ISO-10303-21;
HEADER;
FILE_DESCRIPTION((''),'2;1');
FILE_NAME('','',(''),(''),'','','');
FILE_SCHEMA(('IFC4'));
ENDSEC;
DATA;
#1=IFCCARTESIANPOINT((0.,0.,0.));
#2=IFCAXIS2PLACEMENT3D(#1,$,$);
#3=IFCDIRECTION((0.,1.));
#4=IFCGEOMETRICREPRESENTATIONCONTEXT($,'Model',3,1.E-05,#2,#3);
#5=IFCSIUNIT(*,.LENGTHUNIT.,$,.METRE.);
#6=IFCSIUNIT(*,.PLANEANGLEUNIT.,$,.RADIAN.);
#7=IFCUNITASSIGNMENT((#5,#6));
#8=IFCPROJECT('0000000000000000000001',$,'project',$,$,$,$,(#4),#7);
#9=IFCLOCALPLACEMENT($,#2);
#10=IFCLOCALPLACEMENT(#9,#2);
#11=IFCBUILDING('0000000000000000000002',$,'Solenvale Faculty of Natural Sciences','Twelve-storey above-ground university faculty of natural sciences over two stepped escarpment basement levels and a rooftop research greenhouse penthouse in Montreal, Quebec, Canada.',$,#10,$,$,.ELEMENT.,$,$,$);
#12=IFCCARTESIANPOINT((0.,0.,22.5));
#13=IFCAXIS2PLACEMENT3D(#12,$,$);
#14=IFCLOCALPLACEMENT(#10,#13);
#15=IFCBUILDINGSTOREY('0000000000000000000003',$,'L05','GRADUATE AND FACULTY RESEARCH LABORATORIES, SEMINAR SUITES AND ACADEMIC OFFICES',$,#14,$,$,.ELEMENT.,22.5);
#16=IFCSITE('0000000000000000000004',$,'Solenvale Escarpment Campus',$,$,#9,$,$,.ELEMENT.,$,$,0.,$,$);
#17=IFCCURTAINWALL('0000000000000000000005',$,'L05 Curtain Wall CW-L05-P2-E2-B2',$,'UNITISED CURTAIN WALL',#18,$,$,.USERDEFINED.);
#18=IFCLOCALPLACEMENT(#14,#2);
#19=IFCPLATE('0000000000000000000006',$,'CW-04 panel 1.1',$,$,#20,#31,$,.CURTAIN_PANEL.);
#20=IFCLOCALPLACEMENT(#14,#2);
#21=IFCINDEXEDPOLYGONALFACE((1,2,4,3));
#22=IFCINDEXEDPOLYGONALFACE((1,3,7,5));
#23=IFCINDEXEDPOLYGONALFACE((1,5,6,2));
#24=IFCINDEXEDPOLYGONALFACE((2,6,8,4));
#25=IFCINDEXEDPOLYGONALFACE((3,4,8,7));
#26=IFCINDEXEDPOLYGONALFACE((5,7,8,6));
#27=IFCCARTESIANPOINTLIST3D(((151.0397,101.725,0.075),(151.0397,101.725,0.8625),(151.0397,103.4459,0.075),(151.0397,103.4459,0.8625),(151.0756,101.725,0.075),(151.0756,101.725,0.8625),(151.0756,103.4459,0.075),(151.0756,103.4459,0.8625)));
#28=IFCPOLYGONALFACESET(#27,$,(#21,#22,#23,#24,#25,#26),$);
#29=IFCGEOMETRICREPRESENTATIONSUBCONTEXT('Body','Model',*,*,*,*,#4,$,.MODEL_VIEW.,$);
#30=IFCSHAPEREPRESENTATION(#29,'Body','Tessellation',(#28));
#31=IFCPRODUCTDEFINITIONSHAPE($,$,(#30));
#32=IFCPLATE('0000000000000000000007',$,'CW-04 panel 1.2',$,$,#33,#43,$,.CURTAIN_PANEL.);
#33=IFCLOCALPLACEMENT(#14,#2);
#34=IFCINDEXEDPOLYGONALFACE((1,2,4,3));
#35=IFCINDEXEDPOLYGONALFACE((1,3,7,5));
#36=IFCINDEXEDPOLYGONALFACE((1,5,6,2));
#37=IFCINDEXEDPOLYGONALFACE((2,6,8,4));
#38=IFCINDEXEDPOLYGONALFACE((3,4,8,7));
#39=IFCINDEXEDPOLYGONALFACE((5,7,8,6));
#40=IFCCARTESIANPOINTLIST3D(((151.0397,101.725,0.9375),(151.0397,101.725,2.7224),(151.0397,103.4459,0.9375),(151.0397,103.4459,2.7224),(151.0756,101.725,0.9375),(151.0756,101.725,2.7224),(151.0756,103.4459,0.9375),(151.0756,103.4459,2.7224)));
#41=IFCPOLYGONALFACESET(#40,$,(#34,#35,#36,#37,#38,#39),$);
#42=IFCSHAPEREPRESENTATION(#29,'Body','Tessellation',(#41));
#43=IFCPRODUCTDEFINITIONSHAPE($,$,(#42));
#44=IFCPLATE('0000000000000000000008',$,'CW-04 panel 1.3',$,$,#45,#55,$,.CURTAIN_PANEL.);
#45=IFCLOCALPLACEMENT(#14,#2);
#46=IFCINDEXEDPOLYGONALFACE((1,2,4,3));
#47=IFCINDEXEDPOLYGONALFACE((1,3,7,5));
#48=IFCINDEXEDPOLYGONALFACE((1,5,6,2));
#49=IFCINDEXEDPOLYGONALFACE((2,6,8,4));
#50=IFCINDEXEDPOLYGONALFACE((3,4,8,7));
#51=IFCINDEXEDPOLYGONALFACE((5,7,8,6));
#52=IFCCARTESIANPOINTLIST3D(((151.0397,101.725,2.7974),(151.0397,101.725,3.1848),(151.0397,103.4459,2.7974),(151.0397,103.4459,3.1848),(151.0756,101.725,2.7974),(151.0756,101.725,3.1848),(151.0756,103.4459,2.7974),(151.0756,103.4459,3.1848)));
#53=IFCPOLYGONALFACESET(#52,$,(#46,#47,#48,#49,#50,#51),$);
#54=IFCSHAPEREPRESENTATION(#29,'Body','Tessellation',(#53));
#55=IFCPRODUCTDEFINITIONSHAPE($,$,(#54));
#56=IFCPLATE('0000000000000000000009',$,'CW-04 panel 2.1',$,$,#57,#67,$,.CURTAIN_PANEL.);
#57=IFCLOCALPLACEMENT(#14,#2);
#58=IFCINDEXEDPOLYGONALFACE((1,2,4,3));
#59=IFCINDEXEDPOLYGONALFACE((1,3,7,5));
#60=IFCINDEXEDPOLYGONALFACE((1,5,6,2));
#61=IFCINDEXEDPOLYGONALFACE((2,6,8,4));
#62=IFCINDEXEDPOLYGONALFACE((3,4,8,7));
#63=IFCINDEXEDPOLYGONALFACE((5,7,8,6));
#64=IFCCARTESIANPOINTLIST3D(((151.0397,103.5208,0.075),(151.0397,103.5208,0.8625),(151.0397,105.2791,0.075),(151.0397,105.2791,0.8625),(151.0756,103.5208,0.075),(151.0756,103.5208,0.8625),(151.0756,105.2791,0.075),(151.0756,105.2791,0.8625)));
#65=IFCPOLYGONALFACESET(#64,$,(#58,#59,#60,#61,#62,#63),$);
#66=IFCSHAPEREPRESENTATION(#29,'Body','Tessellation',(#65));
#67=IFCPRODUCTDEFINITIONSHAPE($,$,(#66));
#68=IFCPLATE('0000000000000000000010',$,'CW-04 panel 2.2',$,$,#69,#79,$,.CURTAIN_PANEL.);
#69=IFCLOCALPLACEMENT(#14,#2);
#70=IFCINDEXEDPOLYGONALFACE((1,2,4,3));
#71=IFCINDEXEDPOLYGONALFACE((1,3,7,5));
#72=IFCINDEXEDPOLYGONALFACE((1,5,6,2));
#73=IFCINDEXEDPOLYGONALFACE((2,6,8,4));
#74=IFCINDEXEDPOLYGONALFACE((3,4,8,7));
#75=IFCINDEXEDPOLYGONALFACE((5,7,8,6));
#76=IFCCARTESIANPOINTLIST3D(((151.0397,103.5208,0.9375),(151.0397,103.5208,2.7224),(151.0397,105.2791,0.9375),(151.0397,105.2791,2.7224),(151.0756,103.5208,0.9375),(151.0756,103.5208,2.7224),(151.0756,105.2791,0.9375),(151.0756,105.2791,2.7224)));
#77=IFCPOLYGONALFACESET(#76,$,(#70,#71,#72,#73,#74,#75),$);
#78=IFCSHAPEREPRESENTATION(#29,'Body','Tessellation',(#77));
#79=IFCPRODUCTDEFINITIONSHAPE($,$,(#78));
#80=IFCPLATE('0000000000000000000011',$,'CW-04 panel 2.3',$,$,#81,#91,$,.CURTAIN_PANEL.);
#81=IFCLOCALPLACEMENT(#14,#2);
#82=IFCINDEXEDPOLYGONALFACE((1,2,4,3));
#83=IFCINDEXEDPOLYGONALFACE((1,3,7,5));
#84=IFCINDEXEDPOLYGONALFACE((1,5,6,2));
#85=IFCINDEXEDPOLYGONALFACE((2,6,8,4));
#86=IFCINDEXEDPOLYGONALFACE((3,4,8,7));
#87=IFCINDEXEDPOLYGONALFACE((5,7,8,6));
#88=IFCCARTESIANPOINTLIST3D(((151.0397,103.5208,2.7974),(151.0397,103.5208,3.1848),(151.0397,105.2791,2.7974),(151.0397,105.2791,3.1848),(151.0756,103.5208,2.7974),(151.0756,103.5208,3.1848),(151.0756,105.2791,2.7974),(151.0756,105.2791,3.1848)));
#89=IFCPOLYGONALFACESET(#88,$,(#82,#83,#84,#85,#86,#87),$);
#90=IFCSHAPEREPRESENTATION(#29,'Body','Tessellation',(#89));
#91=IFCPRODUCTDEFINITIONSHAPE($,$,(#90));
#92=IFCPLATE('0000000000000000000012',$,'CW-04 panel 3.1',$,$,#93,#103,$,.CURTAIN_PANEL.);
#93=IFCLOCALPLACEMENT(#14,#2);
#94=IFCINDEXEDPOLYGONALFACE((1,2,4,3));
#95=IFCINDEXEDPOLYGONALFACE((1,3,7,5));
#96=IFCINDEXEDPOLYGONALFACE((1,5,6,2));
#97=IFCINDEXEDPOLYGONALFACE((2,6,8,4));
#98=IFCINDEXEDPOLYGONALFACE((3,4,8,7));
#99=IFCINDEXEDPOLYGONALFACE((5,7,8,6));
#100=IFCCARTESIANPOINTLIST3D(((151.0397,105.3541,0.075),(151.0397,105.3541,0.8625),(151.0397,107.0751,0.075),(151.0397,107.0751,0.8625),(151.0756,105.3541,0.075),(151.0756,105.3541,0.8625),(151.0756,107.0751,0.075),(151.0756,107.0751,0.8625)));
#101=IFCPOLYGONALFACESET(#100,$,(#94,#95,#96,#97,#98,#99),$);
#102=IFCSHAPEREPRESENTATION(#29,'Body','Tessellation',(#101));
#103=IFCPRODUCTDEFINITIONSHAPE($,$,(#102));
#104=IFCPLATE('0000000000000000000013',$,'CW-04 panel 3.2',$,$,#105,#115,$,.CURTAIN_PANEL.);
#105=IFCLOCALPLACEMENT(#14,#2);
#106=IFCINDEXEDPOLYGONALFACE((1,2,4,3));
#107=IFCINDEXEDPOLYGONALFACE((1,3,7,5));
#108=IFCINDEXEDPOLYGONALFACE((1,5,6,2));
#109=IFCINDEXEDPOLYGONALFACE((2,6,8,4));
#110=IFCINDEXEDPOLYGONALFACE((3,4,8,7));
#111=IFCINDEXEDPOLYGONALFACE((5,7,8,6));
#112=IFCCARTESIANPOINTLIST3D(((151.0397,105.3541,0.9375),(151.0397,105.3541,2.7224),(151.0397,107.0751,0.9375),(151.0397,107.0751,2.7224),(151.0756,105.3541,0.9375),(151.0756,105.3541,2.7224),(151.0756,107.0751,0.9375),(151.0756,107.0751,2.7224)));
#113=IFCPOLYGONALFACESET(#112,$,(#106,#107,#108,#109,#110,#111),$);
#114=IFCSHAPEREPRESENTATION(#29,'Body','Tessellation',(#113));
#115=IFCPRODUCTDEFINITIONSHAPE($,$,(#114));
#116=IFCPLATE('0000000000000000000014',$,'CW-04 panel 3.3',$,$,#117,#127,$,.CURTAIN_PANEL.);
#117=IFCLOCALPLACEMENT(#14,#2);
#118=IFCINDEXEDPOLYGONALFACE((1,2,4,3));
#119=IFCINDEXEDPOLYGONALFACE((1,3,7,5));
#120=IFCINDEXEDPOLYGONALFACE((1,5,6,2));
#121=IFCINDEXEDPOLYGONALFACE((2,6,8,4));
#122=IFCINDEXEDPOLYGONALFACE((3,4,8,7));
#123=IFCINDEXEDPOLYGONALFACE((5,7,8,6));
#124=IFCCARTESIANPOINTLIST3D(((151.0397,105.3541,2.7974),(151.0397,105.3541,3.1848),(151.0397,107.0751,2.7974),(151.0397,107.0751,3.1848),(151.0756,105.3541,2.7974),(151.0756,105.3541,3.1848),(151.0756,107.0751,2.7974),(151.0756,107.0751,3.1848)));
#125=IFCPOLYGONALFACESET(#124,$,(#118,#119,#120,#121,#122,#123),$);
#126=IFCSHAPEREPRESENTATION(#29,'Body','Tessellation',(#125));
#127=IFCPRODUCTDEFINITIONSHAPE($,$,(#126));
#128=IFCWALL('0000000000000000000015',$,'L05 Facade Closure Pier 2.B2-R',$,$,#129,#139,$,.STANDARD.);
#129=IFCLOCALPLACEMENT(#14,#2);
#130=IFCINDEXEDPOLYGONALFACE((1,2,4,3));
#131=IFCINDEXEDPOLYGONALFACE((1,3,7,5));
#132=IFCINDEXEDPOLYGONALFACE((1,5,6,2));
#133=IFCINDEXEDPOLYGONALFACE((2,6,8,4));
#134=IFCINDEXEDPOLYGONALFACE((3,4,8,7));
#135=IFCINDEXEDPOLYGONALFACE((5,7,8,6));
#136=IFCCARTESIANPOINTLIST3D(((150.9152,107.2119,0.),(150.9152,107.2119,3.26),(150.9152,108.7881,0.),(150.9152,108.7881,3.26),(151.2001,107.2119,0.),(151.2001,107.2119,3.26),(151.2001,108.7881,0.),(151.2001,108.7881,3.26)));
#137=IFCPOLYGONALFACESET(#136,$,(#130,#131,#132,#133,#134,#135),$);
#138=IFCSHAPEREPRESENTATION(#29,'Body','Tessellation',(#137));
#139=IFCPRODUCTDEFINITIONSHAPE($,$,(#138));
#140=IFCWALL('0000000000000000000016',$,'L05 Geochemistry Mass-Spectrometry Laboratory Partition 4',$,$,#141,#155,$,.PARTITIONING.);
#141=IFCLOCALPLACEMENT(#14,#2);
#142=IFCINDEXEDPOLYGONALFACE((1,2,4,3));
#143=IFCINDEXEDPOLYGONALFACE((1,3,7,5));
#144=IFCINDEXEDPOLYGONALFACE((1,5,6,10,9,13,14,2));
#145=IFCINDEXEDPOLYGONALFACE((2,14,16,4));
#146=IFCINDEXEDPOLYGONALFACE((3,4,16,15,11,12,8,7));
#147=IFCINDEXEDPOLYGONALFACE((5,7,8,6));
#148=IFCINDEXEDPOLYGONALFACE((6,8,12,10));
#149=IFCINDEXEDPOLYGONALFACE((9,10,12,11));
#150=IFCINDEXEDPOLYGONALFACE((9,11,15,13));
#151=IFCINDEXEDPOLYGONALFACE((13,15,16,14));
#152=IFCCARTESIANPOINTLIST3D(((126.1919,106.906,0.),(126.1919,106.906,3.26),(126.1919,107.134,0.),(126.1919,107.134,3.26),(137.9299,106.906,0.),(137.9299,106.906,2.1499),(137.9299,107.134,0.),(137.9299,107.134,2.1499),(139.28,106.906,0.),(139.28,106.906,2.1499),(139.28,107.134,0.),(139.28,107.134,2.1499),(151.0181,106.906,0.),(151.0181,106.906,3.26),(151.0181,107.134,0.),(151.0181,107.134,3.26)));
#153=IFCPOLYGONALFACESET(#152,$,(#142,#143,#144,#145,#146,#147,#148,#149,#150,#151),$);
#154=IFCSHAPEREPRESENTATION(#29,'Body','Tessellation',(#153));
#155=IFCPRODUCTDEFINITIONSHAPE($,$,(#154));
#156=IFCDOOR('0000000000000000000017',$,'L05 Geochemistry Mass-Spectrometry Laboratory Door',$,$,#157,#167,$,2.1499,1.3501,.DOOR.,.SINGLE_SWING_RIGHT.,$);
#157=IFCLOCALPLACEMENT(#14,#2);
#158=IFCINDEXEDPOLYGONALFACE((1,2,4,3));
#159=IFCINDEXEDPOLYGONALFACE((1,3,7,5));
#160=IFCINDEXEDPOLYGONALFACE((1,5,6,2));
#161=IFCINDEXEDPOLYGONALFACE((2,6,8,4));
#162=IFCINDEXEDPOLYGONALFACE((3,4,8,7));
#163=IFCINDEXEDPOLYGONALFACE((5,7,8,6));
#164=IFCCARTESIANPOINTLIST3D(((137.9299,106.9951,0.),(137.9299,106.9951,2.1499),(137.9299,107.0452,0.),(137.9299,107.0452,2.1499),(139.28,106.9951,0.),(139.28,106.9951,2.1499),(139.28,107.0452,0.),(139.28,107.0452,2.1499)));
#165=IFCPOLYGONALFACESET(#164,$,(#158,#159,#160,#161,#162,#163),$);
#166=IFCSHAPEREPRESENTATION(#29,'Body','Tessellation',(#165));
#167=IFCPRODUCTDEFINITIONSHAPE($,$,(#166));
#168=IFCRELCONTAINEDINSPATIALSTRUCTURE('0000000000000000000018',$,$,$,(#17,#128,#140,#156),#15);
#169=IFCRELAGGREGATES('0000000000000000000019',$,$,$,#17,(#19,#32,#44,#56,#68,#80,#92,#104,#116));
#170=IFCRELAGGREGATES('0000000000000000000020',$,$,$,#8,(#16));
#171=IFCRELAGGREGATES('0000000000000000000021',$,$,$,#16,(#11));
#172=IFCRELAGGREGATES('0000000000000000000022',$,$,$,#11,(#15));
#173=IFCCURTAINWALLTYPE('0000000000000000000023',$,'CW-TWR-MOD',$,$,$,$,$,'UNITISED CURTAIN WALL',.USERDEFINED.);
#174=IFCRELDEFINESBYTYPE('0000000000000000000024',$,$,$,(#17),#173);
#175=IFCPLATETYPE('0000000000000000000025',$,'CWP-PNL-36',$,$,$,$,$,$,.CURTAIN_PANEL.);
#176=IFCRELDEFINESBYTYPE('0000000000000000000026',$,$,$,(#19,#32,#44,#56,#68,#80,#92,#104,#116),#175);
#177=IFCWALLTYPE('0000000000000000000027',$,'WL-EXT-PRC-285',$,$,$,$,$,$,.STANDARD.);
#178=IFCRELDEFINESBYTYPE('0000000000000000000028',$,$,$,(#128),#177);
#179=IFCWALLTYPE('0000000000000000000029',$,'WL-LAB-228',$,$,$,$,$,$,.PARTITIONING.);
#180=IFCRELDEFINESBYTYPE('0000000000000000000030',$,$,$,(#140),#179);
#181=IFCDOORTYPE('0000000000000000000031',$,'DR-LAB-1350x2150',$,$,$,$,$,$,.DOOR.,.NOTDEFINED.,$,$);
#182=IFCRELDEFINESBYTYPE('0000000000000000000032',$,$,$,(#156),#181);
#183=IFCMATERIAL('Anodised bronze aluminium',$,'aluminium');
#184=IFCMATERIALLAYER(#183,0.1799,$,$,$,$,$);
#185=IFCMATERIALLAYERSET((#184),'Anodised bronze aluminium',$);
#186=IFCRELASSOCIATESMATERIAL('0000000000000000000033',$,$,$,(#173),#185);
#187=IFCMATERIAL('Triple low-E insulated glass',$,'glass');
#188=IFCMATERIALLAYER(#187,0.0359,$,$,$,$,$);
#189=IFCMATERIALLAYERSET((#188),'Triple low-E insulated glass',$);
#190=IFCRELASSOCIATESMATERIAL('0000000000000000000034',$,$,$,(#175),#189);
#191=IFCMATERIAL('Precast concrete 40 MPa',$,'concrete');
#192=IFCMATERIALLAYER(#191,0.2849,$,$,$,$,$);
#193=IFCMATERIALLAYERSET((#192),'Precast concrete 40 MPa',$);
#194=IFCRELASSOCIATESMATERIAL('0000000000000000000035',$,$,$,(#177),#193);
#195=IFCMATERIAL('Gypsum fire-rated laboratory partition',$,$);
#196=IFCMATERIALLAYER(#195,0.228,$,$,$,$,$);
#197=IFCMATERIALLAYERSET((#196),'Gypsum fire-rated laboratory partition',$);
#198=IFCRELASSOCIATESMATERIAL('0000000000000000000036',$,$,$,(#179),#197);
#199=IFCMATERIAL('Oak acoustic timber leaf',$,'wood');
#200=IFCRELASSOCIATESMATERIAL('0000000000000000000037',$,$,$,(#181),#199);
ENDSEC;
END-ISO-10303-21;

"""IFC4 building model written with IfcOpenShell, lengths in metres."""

from ifc_helpers import new_model, si_unit, direction, frame, frame_2d, origin, origin_2d, place, context, subcontext, project, spatial, rectangle, extrude, material, layer, layer_set, type_object, element, fill, aggregate, save


model = new_model("IFC4")

# Units and contexts
model_context = context("Model", 3, precision=1e-05, world=origin(), true_north=direction((0.0, 1.0)))
body_context = subcontext(model_context, "Body", "Model", "MODEL_VIEW")
ifc_project = project(units=[si_unit("LENGTHUNIT", "METRE"), si_unit("PLANEANGLEUNIT", "RADIAN")], contexts=[model_context])

# Site, building, storey
site_placement = place(None, origin())
site = spatial("IfcSite", under=ifc_project, at=site_placement, Name="Solenvale Escarpment Campus", CompositionType="ELEMENT", RefElevation=0.0)
building_placement = place(site_placement, origin())
building = spatial("IfcBuilding", under=site, at=building_placement, Name="Solenvale Faculty of Natural Sciences", Description="Twelve-storey above-ground university faculty of natural sciences over two stepped escarpment basement levels and a rooftop research greenhouse penthouse in Montreal, Quebec, Canada.", CompositionType="ELEMENT")
storey_placement = place(building_placement, frame((0.0, 0.0, 22.5)))
storey = spatial("IfcBuildingStorey", under=building, at=storey_placement, Name="L05", Description="GRADUATE AND FACULTY RESEARCH LABORATORIES, SEMINAR SUITES AND ACADEMIC OFFICES", CompositionType="ELEMENT", Elevation=22.5)

# Curtain wall, plates
ifc_material_1 = material(Name="Anodised bronze aluminium", Category="aluminium")
ifc_layer_1 = layer(ifc_material_1, 0.1799)
ifc_layer_set_1 = layer_set([ifc_layer_1], Name="Anodised bronze aluminium")
curtain_wall_type = type_object("IfcCurtainWallType", Name="CW-TWR-MOD", ElementType="UNITISED CURTAIN WALL", PredefinedType="USERDEFINED", material=ifc_layer_set_1)
curtain_wall_placement = place(storey_placement, origin())
curtain_wall = element("IfcCurtainWall", 1, at=curtain_wall_placement, inside=storey, type_object=curtain_wall_type, Name="L05 Curtain Wall CW-L05-P2-E2-B2", ObjectType="UNITISED CURTAIN WALL", PredefinedType="USERDEFINED")
ifc_material_2 = material(Name="Triple low-E insulated glass", Category="glass")
ifc_layer_2 = layer(ifc_material_2, 0.0359)
ifc_layer_set_2 = layer_set([ifc_layer_2], Name="Triple low-E insulated glass")
plate_type = type_object("IfcPlateType", Name="CWP-PNL-36", PredefinedType="CURTAIN_PANEL", material=ifc_layer_set_2)
plate_1_placement = place(storey_placement, frame((151.0576, 102.5854, 0.075), z_axis=(0.0, 0.0, 1.0), x_axis=(0.0, 1.0, 0.0)))
plate_1 = element("IfcPlate", 2, at=plate_1_placement, type_object=plate_type, Name="CW-04 panel 1.1", PredefinedType="CURTAIN_PANEL", context=body_context, shape_type="SweptSolid", body=[
    extrude(rectangle(XDim=1.7209, YDim=0.0359, at=origin_2d()), origin(), (0.0, 0.0, 1.0), 0.7876),
])
plate_2_placement = place(storey_placement, frame((151.0576, 102.5854, 0.9375), z_axis=(0.0, 0.0, 1.0), x_axis=(0.0, 1.0, 0.0)))
plate_2 = element("IfcPlate", 3, at=plate_2_placement, type_object=plate_type, Name="CW-04 panel 1.2", PredefinedType="CURTAIN_PANEL", context=body_context, shape_type="SweptSolid", body=[
    extrude(rectangle(XDim=1.7209, YDim=0.0359, at=origin_2d()), origin(), (0.0, 0.0, 1.0), 1.7849),
])
plate_3_placement = place(storey_placement, frame((151.0576, 102.5854, 2.7974), z_axis=(0.0, 0.0, 1.0), x_axis=(0.0, 1.0, 0.0)))
plate_3 = element("IfcPlate", 4, at=plate_3_placement, type_object=plate_type, Name="CW-04 panel 1.3", PredefinedType="CURTAIN_PANEL", context=body_context, shape_type="SweptSolid", body=[
    extrude(rectangle(XDim=1.7209, YDim=0.0359, at=origin_2d()), origin(), (0.0, 0.0, 1.0), 0.3875),
])
plate_4_placement = place(storey_placement, frame((151.0576, 104.3999, 0.075), z_axis=(0.0, 0.0, 1.0), x_axis=(0.0, 1.0, 0.0)))
plate_4 = element("IfcPlate", 5, at=plate_4_placement, type_object=plate_type, Name="CW-04 panel 2.1", PredefinedType="CURTAIN_PANEL", context=body_context, shape_type="SweptSolid", body=[
    extrude(rectangle(XDim=1.7583, YDim=0.0359, at=origin_2d()), origin(), (0.0, 0.0, 1.0), 0.7876),
])
plate_5_placement = place(storey_placement, frame((151.0576, 104.3999, 0.9375), z_axis=(0.0, 0.0, 1.0), x_axis=(0.0, 1.0, 0.0)))
plate_5 = element("IfcPlate", 6, at=plate_5_placement, type_object=plate_type, Name="CW-04 panel 2.2", PredefinedType="CURTAIN_PANEL", context=body_context, shape_type="SweptSolid", body=[
    extrude(rectangle(XDim=1.7583, YDim=0.0359, at=origin_2d()), origin(), (0.0, 0.0, 1.0), 1.7849),
])
plate_6_placement = place(storey_placement, frame((151.0576, 104.3999, 2.7974), z_axis=(0.0, 0.0, 1.0), x_axis=(0.0, 1.0, 0.0)))
plate_6 = element("IfcPlate", 7, at=plate_6_placement, type_object=plate_type, Name="CW-04 panel 2.3", PredefinedType="CURTAIN_PANEL", context=body_context, shape_type="SweptSolid", body=[
    extrude(rectangle(XDim=1.7583, YDim=0.0359, at=origin_2d()), origin(), (0.0, 0.0, 1.0), 0.3875),
])
plate_7_placement = place(storey_placement, frame((151.0576, 106.2146, 0.075), z_axis=(0.0, 0.0, 1.0), x_axis=(0.0, 1.0, 0.0)))
plate_7 = element("IfcPlate", 8, at=plate_7_placement, type_object=plate_type, Name="CW-04 panel 3.1", PredefinedType="CURTAIN_PANEL", context=body_context, shape_type="SweptSolid", body=[
    extrude(rectangle(XDim=1.7209, YDim=0.0359, at=origin_2d()), origin(), (0.0, 0.0, 1.0), 0.7876),
])
plate_8_placement = place(storey_placement, frame((151.0576, 106.2146, 0.9375), z_axis=(0.0, 0.0, 1.0), x_axis=(0.0, 1.0, 0.0)))
plate_8 = element("IfcPlate", 9, at=plate_8_placement, type_object=plate_type, Name="CW-04 panel 3.2", PredefinedType="CURTAIN_PANEL", context=body_context, shape_type="SweptSolid", body=[
    extrude(rectangle(XDim=1.7209, YDim=0.0359, at=origin_2d()), origin(), (0.0, 0.0, 1.0), 1.7849),
])
plate_9_placement = place(storey_placement, frame((151.0576, 106.2146, 2.7974), z_axis=(0.0, 0.0, 1.0), x_axis=(0.0, 1.0, 0.0)))
plate_9 = element("IfcPlate", 10, at=plate_9_placement, type_object=plate_type, Name="CW-04 panel 3.3", PredefinedType="CURTAIN_PANEL", context=body_context, shape_type="SweptSolid", body=[
    extrude(rectangle(XDim=1.7209, YDim=0.0359, at=origin_2d()), origin(), (0.0, 0.0, 1.0), 0.3875),
])
aggregate(curtain_wall, [plate_1, plate_2, plate_3, plate_4, plate_5, plate_6, plate_7, plate_8, plate_9])

# Wall
ifc_material_3 = material(Name="Precast concrete 40 MPa", Category="concrete")
ifc_layer_3 = layer(ifc_material_3, 0.2849)
ifc_layer_set_3 = layer_set([ifc_layer_3], Name="Precast concrete 40 MPa")
wall_type_1 = type_object("IfcWallType", Name="WL-EXT-PRC-285", PredefinedType="STANDARD", material=ifc_layer_set_3)
wall_1_placement = place(storey_placement, frame((151.0576, 107.2119, 0.0), z_axis=(0.0, 0.0, 1.0), x_axis=(0.0, 1.0, 0.0)))
element("IfcWall", 11, at=wall_1_placement, inside=storey, type_object=wall_type_1, Name="L05 Facade Closure Pier 2.B2-R", PredefinedType="STANDARD", context=body_context, shape_type="SweptSolid", body=[
    extrude(rectangle(XDim=1.5762, YDim=0.2849, at=frame_2d((0.7881, 0.0))), origin(), (0.0, 0.0, 1.0), 3.26),
])

# Wall, opening, door
ifc_material_4 = material(Name="Gypsum fire-rated laboratory partition")
ifc_layer_4 = layer(ifc_material_4, 0.228)
ifc_layer_set_4 = layer_set([ifc_layer_4], Name="Gypsum fire-rated laboratory partition")
wall_type_2 = type_object("IfcWallType", Name="WL-LAB-228", PredefinedType="PARTITIONING", material=ifc_layer_set_4)
wall_2_placement = place(storey_placement, frame((151.0181, 107.02, 0.0), z_axis=(0.0, 0.0, 1.0), x_axis=(-1.0, 0.0, 0.0)))
wall_2 = element("IfcWall", 12, at=wall_2_placement, inside=storey, type_object=wall_type_2, Name="L05 Geochemistry Mass-Spectrometry Laboratory Partition 4", PredefinedType="PARTITIONING", context=body_context, shape_type="SweptSolid", body=[
    extrude(rectangle(XDim=24.8262, YDim=0.228, at=frame_2d((12.4131, 0.0))), origin(), (0.0, 0.0, 1.0), 3.26),
])
opening_1_placement = place(wall_2_placement, frame((11.738, 0.0, 0.0)))
opening_1 = element("IfcOpeningElement", 13, at=opening_1_placement, cuts=wall_2, PredefinedType="OPENING", context=body_context, shape_type="SweptSolid", body=[
    extrude(rectangle(XDim=1.3501, YDim=2.1499, at=frame_2d((0.675, 1.075))), frame((0.0, 0.124, 0.0), z_axis=(0.0, -1.0, 0.0), x_axis=(1.0, 0.0, 0.0)), (0.0, 0.0, 1.0), 0.248),
])
ifc_material_5 = material(Name="Oak acoustic timber leaf", Category="wood")
door_type_1 = type_object("IfcDoorType", Name="DR-LAB-1350x2150", OperationType="NOTDEFINED", PredefinedType="DOOR", material=ifc_material_5)
door_1_placement = place(opening_1_placement, origin())
door_1 = element("IfcDoor", 14, at=door_1_placement, inside=storey, type_object=door_type_1, Name="L05 Geochemistry Mass-Spectrometry Laboratory Door", OperationType="SINGLE_SWING_RIGHT", OverallHeight=2.1499, OverallWidth=1.3501, PredefinedType="DOOR", context=body_context, shape_type="SweptSolid", body=[
    extrude(rectangle(XDim=1.3501, YDim=2.1499, at=frame_2d((0.675, 1.075))), frame((0.0, 0.0249, 0.0), z_axis=(0.0, -1.0, 0.0), x_axis=(1.0, 0.0, 0.0)), (0.0, 0.0, 1.0), 0.05),
])
fill(opening_1, door_1)

save(model, "model.ifc")
